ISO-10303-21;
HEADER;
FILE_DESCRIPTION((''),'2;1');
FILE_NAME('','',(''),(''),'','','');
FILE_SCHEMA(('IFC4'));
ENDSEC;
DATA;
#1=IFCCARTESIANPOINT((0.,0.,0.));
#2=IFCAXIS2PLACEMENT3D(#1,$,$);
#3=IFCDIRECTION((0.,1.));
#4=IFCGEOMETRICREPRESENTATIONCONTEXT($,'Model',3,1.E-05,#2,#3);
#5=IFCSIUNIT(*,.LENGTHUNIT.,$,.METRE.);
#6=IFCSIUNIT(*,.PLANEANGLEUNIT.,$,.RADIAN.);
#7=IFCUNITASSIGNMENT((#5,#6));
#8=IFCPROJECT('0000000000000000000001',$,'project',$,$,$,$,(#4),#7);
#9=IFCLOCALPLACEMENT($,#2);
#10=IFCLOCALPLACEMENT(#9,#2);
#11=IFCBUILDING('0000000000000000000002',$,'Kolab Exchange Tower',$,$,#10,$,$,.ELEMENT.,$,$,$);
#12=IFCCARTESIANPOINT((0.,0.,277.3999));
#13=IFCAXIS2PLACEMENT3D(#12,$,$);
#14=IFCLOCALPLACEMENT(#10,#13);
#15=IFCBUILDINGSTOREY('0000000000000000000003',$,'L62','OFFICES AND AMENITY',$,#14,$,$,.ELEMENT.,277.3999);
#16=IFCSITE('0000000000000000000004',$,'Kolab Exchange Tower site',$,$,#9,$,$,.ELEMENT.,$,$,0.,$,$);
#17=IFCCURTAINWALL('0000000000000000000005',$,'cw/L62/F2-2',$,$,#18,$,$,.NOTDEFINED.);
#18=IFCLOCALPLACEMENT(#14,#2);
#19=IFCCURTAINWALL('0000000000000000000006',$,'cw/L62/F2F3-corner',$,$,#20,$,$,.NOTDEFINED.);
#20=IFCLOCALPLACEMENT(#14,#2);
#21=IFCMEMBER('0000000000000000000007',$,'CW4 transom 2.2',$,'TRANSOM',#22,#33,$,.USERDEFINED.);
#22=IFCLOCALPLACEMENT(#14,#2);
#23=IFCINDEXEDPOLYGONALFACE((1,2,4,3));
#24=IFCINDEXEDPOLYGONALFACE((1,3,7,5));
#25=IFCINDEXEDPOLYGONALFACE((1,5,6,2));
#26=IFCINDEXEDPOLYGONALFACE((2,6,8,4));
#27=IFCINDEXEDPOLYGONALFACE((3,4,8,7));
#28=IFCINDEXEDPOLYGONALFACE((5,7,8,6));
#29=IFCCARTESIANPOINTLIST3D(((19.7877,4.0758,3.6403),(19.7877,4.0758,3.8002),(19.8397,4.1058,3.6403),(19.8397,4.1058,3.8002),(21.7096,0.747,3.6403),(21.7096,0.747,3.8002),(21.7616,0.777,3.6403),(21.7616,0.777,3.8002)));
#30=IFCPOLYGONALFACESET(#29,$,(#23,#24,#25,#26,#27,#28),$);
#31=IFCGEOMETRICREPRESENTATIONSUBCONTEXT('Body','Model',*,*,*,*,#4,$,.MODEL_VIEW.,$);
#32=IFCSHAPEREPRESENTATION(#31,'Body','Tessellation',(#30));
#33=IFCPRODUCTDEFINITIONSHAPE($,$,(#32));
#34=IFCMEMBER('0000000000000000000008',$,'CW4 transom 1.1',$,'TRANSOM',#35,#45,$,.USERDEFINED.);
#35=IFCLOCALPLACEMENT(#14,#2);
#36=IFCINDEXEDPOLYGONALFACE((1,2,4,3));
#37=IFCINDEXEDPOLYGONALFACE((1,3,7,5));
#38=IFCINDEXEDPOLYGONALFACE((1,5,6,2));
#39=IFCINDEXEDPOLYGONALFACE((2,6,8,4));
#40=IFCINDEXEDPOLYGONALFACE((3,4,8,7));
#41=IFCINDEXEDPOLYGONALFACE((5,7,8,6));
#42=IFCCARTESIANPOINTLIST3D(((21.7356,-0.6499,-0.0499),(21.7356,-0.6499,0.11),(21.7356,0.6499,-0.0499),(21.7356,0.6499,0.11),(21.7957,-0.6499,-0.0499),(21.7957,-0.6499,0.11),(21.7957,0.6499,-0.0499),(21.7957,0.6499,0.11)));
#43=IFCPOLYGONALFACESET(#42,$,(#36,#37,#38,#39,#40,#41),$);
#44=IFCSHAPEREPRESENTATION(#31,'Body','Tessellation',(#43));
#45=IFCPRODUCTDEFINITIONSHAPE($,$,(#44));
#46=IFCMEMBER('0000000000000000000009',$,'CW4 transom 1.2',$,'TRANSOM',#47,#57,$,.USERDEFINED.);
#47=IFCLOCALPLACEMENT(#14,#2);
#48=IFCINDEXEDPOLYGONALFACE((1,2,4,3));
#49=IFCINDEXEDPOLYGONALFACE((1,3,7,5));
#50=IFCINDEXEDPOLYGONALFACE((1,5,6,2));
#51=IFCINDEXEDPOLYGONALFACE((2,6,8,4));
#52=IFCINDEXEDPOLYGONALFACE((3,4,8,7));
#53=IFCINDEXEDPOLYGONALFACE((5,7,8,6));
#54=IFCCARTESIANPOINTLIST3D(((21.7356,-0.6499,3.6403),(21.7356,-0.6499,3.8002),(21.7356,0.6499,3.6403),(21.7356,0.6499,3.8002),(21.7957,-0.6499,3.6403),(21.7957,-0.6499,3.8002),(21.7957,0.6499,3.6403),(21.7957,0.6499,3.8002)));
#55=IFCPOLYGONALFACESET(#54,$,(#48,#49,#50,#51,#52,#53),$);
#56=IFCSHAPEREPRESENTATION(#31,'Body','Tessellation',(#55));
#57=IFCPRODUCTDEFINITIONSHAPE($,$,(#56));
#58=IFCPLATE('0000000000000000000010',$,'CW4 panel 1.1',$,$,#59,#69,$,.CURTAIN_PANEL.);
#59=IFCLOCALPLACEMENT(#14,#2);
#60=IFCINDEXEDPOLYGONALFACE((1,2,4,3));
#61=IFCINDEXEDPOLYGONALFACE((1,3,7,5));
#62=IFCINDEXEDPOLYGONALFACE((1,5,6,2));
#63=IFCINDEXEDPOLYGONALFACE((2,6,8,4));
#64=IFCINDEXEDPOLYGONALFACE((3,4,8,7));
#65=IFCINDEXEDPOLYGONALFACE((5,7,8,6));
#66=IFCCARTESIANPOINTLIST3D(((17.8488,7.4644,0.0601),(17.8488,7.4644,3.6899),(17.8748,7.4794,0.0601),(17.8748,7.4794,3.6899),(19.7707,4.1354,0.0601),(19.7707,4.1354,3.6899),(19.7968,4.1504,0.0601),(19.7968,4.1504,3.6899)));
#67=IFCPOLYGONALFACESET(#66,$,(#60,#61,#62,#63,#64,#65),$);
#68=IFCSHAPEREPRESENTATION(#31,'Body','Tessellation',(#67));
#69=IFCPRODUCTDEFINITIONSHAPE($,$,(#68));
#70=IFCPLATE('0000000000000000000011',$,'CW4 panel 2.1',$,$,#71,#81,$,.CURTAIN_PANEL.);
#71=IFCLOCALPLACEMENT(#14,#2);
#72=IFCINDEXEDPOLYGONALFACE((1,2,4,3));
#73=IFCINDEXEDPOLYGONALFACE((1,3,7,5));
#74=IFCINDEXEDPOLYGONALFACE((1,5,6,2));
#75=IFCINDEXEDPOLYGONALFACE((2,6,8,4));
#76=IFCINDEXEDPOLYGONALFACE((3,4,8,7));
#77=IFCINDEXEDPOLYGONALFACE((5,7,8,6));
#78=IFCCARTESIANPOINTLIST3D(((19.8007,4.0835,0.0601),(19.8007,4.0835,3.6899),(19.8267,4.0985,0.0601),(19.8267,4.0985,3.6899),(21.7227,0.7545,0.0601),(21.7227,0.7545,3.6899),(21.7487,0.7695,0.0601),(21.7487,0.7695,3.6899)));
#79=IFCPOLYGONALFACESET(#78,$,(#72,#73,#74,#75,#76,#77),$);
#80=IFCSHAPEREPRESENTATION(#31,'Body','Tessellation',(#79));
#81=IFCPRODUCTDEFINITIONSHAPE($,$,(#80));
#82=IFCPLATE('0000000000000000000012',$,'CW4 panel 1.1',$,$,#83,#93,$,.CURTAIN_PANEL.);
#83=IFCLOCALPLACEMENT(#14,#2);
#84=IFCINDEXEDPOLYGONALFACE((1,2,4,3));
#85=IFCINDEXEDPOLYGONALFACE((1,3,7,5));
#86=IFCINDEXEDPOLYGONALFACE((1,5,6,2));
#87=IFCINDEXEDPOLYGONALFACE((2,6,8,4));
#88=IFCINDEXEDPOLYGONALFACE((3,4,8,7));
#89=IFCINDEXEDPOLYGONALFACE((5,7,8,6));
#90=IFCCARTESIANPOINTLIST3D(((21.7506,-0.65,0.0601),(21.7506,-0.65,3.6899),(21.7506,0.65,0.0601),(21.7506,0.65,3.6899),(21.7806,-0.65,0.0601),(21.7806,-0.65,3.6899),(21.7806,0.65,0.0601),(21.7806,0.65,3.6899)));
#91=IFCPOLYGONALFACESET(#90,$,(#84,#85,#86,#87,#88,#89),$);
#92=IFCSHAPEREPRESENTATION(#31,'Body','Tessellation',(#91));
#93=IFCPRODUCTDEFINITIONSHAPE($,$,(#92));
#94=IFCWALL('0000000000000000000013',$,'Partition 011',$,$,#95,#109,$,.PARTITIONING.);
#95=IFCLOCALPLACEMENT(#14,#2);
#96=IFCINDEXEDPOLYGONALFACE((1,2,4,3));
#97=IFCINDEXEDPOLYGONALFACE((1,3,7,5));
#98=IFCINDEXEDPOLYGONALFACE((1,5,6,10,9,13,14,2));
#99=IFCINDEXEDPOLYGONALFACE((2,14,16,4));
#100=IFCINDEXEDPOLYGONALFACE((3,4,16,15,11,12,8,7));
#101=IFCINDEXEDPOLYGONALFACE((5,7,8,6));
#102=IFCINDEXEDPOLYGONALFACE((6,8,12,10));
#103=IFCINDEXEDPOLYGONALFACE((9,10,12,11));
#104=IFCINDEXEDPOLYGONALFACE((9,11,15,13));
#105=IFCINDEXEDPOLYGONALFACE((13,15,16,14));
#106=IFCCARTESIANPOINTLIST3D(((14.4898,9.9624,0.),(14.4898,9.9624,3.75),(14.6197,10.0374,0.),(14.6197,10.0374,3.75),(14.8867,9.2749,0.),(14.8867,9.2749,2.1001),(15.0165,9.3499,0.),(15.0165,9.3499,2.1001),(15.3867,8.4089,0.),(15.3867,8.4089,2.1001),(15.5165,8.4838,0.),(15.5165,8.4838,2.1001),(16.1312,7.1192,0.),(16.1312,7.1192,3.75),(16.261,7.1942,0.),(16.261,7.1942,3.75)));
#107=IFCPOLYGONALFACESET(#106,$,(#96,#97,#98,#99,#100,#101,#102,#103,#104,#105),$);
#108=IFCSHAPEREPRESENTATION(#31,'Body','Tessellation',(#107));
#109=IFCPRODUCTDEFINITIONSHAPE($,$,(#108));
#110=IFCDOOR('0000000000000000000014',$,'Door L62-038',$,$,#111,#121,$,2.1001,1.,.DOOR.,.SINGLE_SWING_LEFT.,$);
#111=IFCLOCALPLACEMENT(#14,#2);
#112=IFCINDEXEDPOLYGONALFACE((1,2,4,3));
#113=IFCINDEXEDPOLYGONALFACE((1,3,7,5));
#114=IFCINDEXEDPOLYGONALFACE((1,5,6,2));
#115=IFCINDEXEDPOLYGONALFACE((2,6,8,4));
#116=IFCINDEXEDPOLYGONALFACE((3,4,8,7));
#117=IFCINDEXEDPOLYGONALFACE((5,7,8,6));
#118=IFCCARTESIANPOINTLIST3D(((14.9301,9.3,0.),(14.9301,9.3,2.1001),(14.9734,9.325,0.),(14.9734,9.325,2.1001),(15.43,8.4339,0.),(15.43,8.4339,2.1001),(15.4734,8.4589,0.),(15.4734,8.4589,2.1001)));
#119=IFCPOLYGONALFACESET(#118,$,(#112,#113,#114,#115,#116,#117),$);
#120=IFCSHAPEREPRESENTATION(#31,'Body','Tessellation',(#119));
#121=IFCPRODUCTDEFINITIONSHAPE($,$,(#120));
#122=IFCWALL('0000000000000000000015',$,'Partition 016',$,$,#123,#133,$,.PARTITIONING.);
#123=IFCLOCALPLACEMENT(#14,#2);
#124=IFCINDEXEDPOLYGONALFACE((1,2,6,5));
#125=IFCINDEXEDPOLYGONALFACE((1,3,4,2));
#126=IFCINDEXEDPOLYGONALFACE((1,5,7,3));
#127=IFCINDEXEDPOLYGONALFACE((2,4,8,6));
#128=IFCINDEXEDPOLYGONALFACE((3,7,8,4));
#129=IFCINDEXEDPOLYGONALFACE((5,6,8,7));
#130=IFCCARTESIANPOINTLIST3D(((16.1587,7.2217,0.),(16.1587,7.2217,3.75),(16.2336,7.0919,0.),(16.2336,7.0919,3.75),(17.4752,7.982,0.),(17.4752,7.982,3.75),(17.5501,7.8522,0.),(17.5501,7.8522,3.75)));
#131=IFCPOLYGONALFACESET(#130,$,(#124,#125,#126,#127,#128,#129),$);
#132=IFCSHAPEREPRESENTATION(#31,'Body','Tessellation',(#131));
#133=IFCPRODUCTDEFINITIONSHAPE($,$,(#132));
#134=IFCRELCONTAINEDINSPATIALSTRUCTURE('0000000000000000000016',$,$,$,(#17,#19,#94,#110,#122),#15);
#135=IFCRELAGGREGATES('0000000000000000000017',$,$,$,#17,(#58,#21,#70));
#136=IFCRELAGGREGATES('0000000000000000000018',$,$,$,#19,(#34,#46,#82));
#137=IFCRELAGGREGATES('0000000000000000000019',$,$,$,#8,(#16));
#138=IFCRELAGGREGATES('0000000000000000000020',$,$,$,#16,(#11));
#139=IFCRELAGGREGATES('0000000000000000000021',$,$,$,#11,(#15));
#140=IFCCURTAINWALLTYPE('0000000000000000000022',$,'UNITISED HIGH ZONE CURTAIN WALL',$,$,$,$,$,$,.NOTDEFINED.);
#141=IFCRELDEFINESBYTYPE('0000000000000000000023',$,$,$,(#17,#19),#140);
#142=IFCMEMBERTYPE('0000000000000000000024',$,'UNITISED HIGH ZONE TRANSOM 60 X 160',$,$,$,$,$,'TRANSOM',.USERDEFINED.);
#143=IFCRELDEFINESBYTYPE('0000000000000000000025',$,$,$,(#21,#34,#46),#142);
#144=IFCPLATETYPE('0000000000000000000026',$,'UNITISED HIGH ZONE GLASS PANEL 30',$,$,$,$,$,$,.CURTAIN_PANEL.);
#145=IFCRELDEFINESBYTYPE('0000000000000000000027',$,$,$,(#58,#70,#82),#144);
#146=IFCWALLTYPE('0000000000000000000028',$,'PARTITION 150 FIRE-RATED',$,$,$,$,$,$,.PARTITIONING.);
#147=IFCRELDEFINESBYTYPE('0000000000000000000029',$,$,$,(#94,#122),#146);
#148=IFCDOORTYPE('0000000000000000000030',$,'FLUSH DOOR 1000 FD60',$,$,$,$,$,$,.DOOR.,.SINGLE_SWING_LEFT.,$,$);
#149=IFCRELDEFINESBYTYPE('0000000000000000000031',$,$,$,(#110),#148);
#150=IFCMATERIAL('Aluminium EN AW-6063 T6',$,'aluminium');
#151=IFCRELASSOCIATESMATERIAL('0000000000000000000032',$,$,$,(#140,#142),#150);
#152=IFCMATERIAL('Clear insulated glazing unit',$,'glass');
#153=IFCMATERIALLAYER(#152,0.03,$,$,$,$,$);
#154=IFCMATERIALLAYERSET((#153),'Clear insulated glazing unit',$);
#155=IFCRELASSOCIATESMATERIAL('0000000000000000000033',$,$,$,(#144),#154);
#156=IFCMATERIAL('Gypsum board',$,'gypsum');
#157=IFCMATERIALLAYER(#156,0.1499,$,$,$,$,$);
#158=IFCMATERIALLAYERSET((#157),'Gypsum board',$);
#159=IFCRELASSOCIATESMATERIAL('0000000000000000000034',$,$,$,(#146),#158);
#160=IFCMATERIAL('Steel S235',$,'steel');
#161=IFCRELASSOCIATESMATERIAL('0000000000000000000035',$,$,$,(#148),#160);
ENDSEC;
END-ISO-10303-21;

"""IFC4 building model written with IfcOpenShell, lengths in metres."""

from ifc_helpers import new_model, si_unit, direction, frame, frame_2d, origin, origin_2d, place, context, subcontext, project, spatial, rectangle, extrude, material, layer, layer_set, material_profile, profile_set, type_object, element, fill, aggregate, save


model = new_model("IFC4")

# Units and contexts
model_context = context("Model", 3, precision=1e-05, world=origin(), true_north=direction((0.0, 1.0)))
body_context = subcontext(model_context, "Body", "Model", "MODEL_VIEW")
ifc_project = project(units=[si_unit("LENGTHUNIT", "METRE"), si_unit("PLANEANGLEUNIT", "RADIAN")], contexts=[model_context])

# Site, building, storey
site_placement = place(None, origin())
site = spatial("IfcSite", under=ifc_project, at=site_placement, Name="Kolab Exchange Tower site", CompositionType="ELEMENT", RefElevation=0.0)
building_placement = place(site_placement, origin())
building = spatial("IfcBuilding", under=site, at=building_placement, Name="Kolab Exchange Tower", CompositionType="ELEMENT")
storey_placement = place(building_placement, frame((0.0, 0.0, 277.3999)))
storey = spatial("IfcBuildingStorey", under=building, at=storey_placement, Name="L62", Description="OFFICES AND AMENITY", CompositionType="ELEMENT", Elevation=277.3999)

# Curtain wall
ifc_material_1 = material(Name="Aluminium EN AW-6063 T6", Category="aluminium")
curtain_wall_type = type_object("IfcCurtainWallType", Name="UNITISED HIGH ZONE CURTAIN WALL", PredefinedType="NOTDEFINED", material=ifc_material_1)
curtain_wall_1_placement = place(storey_placement, origin())
curtain_wall_1 = element("IfcCurtainWall", 1, at=curtain_wall_1_placement, inside=storey, type_object=curtain_wall_type, Name="cw/L62/F2-2", PredefinedType="NOTDEFINED")

# Curtain wall
curtain_wall_2_placement = place(storey_placement, origin())
curtain_wall_2 = element("IfcCurtainWall", 2, at=curtain_wall_2_placement, inside=storey, type_object=curtain_wall_type, Name="cw/L62/F2F3-corner", PredefinedType="NOTDEFINED")

# Members
ifc_material_profile_1 = material_profile(ifc_material_1, rectangle(XDim=0.0601, YDim=0.1599, at=origin_2d()), Name="RECT 60X160")
ifc_profile_set_1 = profile_set([ifc_material_profile_1], Name="Aluminium EN AW-6063 T6")
member_type_1 = type_object("IfcMemberType", Name="UNITISED HIGH ZONE TRANSOM 60 X 160", ElementType="TRANSOM", PredefinedType="USERDEFINED", material=ifc_profile_set_1)
member_1_placement = place(storey_placement, frame((19.8137, 4.0908, 3.7202), z_axis=(0.499992, -0.86603, 0.0), x_axis=(0.86603, 0.499992, 0.0)))
member_1 = element("IfcMember", 3, at=member_1_placement, type_object=member_type_1, Name="CW4 transom 2.2", ObjectType="TRANSOM", PredefinedType="USERDEFINED", context=body_context, shape_type="SweptSolid", body=[
    extrude(rectangle(XDim=0.0601, YDim=0.1599, at=origin_2d()), origin(), (0.0, 0.0, 1.0), 3.8438),
])
member_2_placement = place(storey_placement, frame((21.7656, 0.6499, 0.03), z_axis=(0.0, -1.0, 0.0), x_axis=(1.0, 0.0, 0.0)))
member_2 = element("IfcMember", 4, at=member_2_placement, type_object=member_type_1, Name="CW4 transom 1.1", ObjectType="TRANSOM", PredefinedType="USERDEFINED", context=body_context, shape_type="SweptSolid", body=[
    extrude(rectangle(XDim=0.0601, YDim=0.1599, at=origin_2d()), origin(), (0.0, 0.0, 1.0), 1.2998),
])
member_3_placement = place(storey_placement, frame((21.7656, 0.6499, 3.7202), z_axis=(0.0, -1.0, 0.0), x_axis=(1.0, 0.0, 0.0)))
member_3 = element("IfcMember", 5, at=member_3_placement, type_object=member_type_1, Name="CW4 transom 1.2", ObjectType="TRANSOM", PredefinedType="USERDEFINED", context=body_context, shape_type="SweptSolid", body=[
    extrude(rectangle(XDim=0.0601, YDim=0.1599, at=origin_2d()), origin(), (0.0, 0.0, 1.0), 1.2998),
])

# Plates
ifc_material_2 = material(Name="Clear insulated glazing unit", Category="glass")
ifc_layer_1 = layer(ifc_material_2, 0.03)
ifc_layer_set_1 = layer_set([ifc_layer_1], Name="Clear insulated glazing unit")
plate_type = type_object("IfcPlateType", Name="UNITISED HIGH ZONE GLASS PANEL 30", PredefinedType="CURTAIN_PANEL", material=ifc_layer_set_1)
plate_1_placement = place(storey_placement, frame((18.8228, 5.8074, 0.0601), z_axis=(0.0, 0.0, 1.0), x_axis=(0.5, -0.866025, 0.0)))
plate_1 = element("IfcPlate", 6, at=plate_1_placement, type_object=plate_type, Name="CW4 panel 1.1", PredefinedType="CURTAIN_PANEL", context=body_context, shape_type="SweptSolid", body=[
    extrude(rectangle(XDim=3.844, YDim=0.03, at=origin_2d()), origin(), (0.0, 0.0, 1.0), 3.6299),
])
plate_2_placement = place(storey_placement, frame((20.7747, 2.4265, 0.0601), z_axis=(0.0, 0.0, 1.0), x_axis=(0.5, -0.866025, 0.0)))
plate_2 = element("IfcPlate", 7, at=plate_2_placement, type_object=plate_type, Name="CW4 panel 2.1", PredefinedType="CURTAIN_PANEL", context=body_context, shape_type="SweptSolid", body=[
    extrude(rectangle(XDim=3.844, YDim=0.03, at=origin_2d()), origin(), (0.0, 0.0, 1.0), 3.6299),
])
aggregate(curtain_wall_1, [plate_1, member_1, plate_2])
plate_3_placement = place(storey_placement, frame((21.7656, 0.0, 0.0601), z_axis=(0.0, 0.0, 1.0), x_axis=(0.0, -1.0, 0.0)))
plate_3 = element("IfcPlate", 8, at=plate_3_placement, type_object=plate_type, Name="CW4 panel 1.1", PredefinedType="CURTAIN_PANEL", context=body_context, shape_type="SweptSolid", body=[
    extrude(rectangle(XDim=1.3, YDim=0.03, at=origin_2d()), origin(), (0.0, 0.0, 1.0), 3.6299),
])
aggregate(curtain_wall_2, [member_2, member_3, plate_3])

# Wall, opening, door
ifc_material_3 = material(Name="Gypsum board", Category="gypsum")
ifc_layer_2 = layer(ifc_material_3, 0.1499)
ifc_layer_set_2 = layer_set([ifc_layer_2], Name="Gypsum board")
wall_type = type_object("IfcWallType", Name="PARTITION 150 FIRE-RATED", PredefinedType="PARTITIONING", material=ifc_layer_set_2)
wall_1_placement = place(storey_placement, frame((14.5547, 10.0, 0.0), z_axis=(0.0, 0.0, 1.0), x_axis=(0.499954, -0.866052, 0.0)))
wall_1 = element("IfcWall", 9, at=wall_1_placement, inside=storey, type_object=wall_type, Name="Partition 011", PredefinedType="PARTITIONING", context=body_context, shape_type="SweptSolid", body=[
    extrude(rectangle(XDim=3.283, YDim=0.1499, at=frame_2d((1.6416, 0.0))), origin(), (0.0, 0.0, 1.0), 3.75),
])
opening_placement = place(wall_1_placement, frame((0.7939, 0.0, 0.0)))
opening = element("IfcOpeningElement", 10, at=opening_placement, cuts=wall_1, PredefinedType="OPENING", context=body_context, shape_type="SweptSolid", body=[
    extrude(rectangle(XDim=1.0, YDim=2.1001, at=frame_2d((0.5, 1.05))), frame((0.0, 0.085, 0.0), z_axis=(0.0, -1.0, 0.0), x_axis=(1.0, 0.0, 0.0)), (0.0, 0.0, 1.0), 0.1699),
])
ifc_material_4 = material(Name="Steel S235", Category="steel")
door_type = type_object("IfcDoorType", Name="FLUSH DOOR 1000 FD60", OperationType="SINGLE_SWING_LEFT", PredefinedType="DOOR", material=ifc_material_4)
door_placement = place(opening_placement, frame((1.0, 0.0, 0.0), z_axis=(0.0, 0.0, 1.0), x_axis=(-1.0, 0.0, 0.0)))
door = element("IfcDoor", 11, at=door_placement, inside=storey, type_object=door_type, Name="Door L62-038", OperationType="SINGLE_SWING_LEFT", OverallHeight=2.1001, OverallWidth=1.0, PredefinedType="DOOR", context=body_context, shape_type="SweptSolid", body=[
    extrude(rectangle(XDim=1.0, YDim=2.1001, at=frame_2d((0.5, 1.05))), frame((0.0, 0.0249, 0.0), z_axis=(0.0, -1.0, 0.0), x_axis=(1.0, 0.0, 0.0)), (0.0, 0.0, 1.0), 0.05),
])
fill(opening, door)

# Wall
wall_2_placement = place(storey_placement, frame((16.196, 7.1567, 0.0), z_axis=(0.0, 0.0, 1.0), x_axis=(0.865961, 0.500112, 0.0)))
element("IfcWall", 12, at=wall_2_placement, inside=storey, type_object=wall_type, Name="Partition 016", PredefinedType="PARTITIONING", context=body_context, shape_type="SweptSolid", body=[
    extrude(rectangle(XDim=1.5203, YDim=0.1499, at=frame_2d((0.7603, 0.0))), origin(), (0.0, 0.0, 1.0), 3.75),
])

save(model, "model.ifc")
